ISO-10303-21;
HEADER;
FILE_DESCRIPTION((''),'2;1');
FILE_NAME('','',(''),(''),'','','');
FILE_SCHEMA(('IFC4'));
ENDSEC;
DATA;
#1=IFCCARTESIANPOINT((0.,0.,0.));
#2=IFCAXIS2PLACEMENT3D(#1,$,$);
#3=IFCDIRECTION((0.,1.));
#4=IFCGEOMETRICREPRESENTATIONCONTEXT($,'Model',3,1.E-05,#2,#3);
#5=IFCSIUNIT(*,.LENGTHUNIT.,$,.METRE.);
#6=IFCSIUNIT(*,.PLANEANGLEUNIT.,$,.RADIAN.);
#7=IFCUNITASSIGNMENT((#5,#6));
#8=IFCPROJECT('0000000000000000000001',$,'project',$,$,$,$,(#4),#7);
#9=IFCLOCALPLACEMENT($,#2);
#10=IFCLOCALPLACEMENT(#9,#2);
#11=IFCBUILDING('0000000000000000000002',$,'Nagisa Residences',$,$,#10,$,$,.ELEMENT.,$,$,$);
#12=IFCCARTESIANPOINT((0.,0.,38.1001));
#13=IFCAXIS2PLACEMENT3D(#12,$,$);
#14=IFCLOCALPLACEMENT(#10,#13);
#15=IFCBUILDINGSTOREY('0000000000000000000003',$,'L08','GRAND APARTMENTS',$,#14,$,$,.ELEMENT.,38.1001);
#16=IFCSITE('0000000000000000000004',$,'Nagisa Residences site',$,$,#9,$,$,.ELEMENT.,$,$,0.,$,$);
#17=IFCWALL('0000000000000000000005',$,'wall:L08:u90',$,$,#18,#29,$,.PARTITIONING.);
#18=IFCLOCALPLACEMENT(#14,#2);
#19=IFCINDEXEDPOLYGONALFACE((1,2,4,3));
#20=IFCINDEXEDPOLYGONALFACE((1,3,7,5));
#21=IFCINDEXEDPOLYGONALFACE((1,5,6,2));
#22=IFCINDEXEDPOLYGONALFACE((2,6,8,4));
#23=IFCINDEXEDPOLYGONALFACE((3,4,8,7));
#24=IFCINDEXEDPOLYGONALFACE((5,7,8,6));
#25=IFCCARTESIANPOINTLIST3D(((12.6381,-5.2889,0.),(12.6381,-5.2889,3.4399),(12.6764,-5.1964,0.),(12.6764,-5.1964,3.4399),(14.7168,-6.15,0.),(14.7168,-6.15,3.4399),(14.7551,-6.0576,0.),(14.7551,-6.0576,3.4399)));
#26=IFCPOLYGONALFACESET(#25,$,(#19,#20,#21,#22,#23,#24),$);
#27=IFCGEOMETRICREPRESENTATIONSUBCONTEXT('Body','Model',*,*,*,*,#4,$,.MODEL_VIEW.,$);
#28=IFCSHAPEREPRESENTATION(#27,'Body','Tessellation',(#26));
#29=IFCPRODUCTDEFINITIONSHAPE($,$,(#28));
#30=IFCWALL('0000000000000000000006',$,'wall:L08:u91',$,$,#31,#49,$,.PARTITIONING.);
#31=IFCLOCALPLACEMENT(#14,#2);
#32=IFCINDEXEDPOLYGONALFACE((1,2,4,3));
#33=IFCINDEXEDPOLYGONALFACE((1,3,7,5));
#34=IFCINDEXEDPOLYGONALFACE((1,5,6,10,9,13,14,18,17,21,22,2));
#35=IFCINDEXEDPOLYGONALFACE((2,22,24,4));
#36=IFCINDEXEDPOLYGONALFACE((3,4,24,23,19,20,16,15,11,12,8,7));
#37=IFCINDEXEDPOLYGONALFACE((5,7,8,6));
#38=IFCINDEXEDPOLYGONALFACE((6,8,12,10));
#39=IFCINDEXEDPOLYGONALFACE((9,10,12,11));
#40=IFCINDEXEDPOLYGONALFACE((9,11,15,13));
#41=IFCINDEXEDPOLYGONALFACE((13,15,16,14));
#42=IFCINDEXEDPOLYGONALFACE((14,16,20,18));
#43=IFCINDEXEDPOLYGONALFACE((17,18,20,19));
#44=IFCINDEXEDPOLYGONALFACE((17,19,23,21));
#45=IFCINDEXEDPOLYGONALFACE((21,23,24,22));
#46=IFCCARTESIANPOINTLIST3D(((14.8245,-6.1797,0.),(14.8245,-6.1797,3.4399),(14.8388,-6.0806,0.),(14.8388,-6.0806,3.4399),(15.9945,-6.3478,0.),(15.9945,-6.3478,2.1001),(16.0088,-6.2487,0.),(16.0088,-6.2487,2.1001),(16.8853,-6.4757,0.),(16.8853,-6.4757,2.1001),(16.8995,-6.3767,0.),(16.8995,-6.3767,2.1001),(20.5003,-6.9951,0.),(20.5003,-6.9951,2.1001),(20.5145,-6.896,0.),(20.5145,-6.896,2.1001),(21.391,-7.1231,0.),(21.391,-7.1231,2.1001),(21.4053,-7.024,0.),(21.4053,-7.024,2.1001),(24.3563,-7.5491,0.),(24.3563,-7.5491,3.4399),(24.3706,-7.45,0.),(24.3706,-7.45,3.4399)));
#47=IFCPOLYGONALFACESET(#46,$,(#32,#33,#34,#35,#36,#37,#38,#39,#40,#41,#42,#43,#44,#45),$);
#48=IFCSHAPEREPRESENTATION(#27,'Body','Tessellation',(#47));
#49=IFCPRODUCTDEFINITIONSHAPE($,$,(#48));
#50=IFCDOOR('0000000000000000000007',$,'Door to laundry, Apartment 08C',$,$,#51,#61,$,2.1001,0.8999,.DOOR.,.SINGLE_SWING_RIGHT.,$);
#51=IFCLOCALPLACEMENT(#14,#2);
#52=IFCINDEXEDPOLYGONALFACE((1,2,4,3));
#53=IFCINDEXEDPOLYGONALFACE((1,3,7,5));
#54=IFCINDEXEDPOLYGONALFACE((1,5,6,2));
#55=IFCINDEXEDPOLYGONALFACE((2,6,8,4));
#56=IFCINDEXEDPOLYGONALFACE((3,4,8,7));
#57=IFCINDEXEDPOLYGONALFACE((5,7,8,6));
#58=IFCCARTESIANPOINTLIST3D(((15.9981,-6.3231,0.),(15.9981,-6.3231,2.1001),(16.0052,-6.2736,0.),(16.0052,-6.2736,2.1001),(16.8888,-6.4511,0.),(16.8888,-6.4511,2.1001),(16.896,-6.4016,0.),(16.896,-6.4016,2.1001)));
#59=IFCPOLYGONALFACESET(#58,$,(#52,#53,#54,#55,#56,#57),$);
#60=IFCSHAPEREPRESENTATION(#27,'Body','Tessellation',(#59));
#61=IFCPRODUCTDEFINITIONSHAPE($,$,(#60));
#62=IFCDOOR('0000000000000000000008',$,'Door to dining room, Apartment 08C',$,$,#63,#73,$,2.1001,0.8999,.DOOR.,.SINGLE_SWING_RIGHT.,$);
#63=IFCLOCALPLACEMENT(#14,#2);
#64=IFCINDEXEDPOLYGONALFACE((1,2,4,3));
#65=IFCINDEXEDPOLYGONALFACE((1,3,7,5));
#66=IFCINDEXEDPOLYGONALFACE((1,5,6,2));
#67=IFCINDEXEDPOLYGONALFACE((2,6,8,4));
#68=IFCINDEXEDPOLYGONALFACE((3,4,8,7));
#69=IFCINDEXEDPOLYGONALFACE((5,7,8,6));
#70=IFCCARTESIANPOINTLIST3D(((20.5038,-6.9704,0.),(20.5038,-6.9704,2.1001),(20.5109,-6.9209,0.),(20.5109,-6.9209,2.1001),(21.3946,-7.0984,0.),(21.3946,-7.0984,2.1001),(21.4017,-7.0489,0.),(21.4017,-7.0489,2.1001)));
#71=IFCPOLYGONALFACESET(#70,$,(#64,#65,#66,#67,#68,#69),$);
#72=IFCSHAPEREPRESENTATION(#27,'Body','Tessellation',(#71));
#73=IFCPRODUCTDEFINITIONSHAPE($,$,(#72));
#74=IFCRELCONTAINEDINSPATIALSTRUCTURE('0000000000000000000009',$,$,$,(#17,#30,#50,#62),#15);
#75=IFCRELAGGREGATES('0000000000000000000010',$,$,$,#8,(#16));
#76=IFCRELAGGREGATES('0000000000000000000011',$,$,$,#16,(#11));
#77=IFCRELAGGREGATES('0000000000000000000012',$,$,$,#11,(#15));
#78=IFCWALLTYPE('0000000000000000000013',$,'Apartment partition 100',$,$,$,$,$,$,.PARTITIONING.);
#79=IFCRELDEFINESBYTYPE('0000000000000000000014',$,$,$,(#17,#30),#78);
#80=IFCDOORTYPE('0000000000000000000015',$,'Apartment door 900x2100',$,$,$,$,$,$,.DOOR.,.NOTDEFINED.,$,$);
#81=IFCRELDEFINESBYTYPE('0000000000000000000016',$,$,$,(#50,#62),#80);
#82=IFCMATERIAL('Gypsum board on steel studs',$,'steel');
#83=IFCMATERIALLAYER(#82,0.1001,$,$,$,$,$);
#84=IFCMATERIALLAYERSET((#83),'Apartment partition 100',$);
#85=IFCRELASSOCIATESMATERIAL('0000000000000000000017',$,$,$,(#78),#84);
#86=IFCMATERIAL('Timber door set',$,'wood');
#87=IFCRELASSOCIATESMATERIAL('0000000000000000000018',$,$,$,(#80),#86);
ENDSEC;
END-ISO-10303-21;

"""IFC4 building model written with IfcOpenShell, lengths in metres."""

from ifc_helpers import new_model, si_unit, direction, frame, frame_2d, origin, place, context, subcontext, project, spatial, rectangle, extrude, material, layer, layer_set, type_object, element, fill, save


model = new_model("IFC4")

# Units and contexts
model_context = context("Model", 3, precision=1e-05, world=origin(), true_north=direction((0.0, 1.0)))
body_context = subcontext(model_context, "Body", "Model", "MODEL_VIEW")
ifc_project = project(units=[si_unit("LENGTHUNIT", "METRE"), si_unit("PLANEANGLEUNIT", "RADIAN")], contexts=[model_context])

# Site, building, storey
site_placement = place(None, origin())
site = spatial("IfcSite", under=ifc_project, at=site_placement, Name="Nagisa Residences site", CompositionType="ELEMENT", RefElevation=0.0)
building_placement = place(site_placement, origin())
building = spatial("IfcBuilding", under=site, at=building_placement, Name="Nagisa Residences", CompositionType="ELEMENT")
storey_placement = place(building_placement, frame((0.0, 0.0, 38.1001)))
storey = spatial("IfcBuildingStorey", under=building, at=storey_placement, Name="L08", Description="GRAND APARTMENTS", CompositionType="ELEMENT", Elevation=38.1001)

# Shared definitions
ifc_material_1 = material(Name="Gypsum board on steel studs", Category="steel")
ifc_layer_1 = layer(ifc_material_1, 0.1001)
ifc_layer_set_1 = layer_set([ifc_layer_1], Name="Apartment partition 100")
wall_type_1 = type_object("IfcWallType", Name="Apartment partition 100", PredefinedType="PARTITIONING", material=ifc_layer_set_1)

# Shared definitions
ifc_material_2 = material(Name="Timber door set", Category="wood")
door_type_1 = type_object("IfcDoorType", Name="Apartment door 900x2100", OperationType="NOTDEFINED", PredefinedType="DOOR", material=ifc_material_2)

# Wall
wall_1_placement = place(storey_placement, frame((12.6572, -5.2427, 0.0), z_axis=(0.0, 0.0, 1.0), x_axis=(0.923865, -0.382719, 0.0)))
element("IfcWall", 1, at=wall_1_placement, inside=storey, type_object=wall_type_1, Name="wall:L08:u90", PredefinedType="PARTITIONING", context=body_context, shape_type="SweptSolid", body=[
    extrude(rectangle(XDim=2.25, YDim=0.1001, at=frame_2d((1.125, 0.0))), origin(), (0.0, 0.0, 1.0), 3.4399),
])

# Wall, openings, doors
wall_2_placement = place(storey_placement, frame((14.8315, -6.1301, 0.0), z_axis=(0.0, 0.0, 1.0), x_axis=(0.989837, -0.142206, 0.0)))
wall_2 = element("IfcWall", 2, at=wall_2_placement, inside=storey, type_object=wall_type_1, Name="wall:L08:u91", PredefinedType="PARTITIONING", context=body_context, shape_type="SweptSolid", body=[
    extrude(rectangle(XDim=9.6296, YDim=0.1001, at=frame_2d((4.8149, 0.0))), origin(), (0.0, 0.0, 1.0), 3.4399),
])
opening_1_placement = place(wall_2_placement, frame((1.1821, 0.0, 0.0)))
opening_1 = element("IfcOpeningElement", 3, at=opening_1_placement, cuts=wall_2, PredefinedType="OPENING", context=body_context, shape_type="SweptSolid", body=[
    extrude(rectangle(XDim=0.8999, YDim=2.1001, at=frame_2d((0.45, 1.05))), frame((0.0, 0.0601, 0.0), z_axis=(0.0, -1.0, 0.0), x_axis=(1.0, 0.0, 0.0)), (0.0, 0.0, 1.0), 0.1201),
])
opening_2_placement = place(wall_2_placement, frame((5.7341, 0.0, 0.0)))
opening_2 = element("IfcOpeningElement", 4, at=opening_2_placement, cuts=wall_2, PredefinedType="OPENING", context=body_context, shape_type="SweptSolid", body=[
    extrude(rectangle(XDim=0.8999, YDim=2.1001, at=frame_2d((0.45, 1.05))), frame((0.0, 0.0601, 0.0), z_axis=(0.0, -1.0, 0.0), x_axis=(1.0, 0.0, 0.0)), (0.0, 0.0, 1.0), 0.1201),
])
door_1_placement = place(opening_1_placement, origin())
door_1 = element("IfcDoor", 5, at=door_1_placement, inside=storey, type_object=door_type_1, Name="Door to laundry, Apartment 08C", OperationType="SINGLE_SWING_RIGHT", OverallHeight=2.1001, OverallWidth=0.8999, PredefinedType="DOOR", context=body_context, shape_type="SweptSolid", body=[
    extrude(rectangle(XDim=0.8999, YDim=2.1001, at=frame_2d((0.45, 1.05))), frame((0.0, 0.0249, 0.0), z_axis=(0.0, -1.0, 0.0), x_axis=(1.0, 0.0, 0.0)), (0.0, 0.0, 1.0), 0.05),
])
fill(opening_1, door_1)
door_2_placement = place(opening_2_placement, origin())
door_2 = element("IfcDoor", 6, at=door_2_placement, inside=storey, type_object=door_type_1, Name="Door to dining room, Apartment 08C", OperationType="SINGLE_SWING_RIGHT", OverallHeight=2.1001, OverallWidth=0.8999, PredefinedType="DOOR", context=body_context, shape_type="SweptSolid", body=[
    extrude(rectangle(XDim=0.8999, YDim=2.1001, at=frame_2d((0.45, 1.05))), frame((0.0, 0.0249, 0.0), z_axis=(0.0, -1.0, 0.0), x_axis=(1.0, 0.0, 0.0)), (0.0, 0.0, 1.0), 0.05),
])
fill(opening_2, door_2)

save(model, "model.ifc")
